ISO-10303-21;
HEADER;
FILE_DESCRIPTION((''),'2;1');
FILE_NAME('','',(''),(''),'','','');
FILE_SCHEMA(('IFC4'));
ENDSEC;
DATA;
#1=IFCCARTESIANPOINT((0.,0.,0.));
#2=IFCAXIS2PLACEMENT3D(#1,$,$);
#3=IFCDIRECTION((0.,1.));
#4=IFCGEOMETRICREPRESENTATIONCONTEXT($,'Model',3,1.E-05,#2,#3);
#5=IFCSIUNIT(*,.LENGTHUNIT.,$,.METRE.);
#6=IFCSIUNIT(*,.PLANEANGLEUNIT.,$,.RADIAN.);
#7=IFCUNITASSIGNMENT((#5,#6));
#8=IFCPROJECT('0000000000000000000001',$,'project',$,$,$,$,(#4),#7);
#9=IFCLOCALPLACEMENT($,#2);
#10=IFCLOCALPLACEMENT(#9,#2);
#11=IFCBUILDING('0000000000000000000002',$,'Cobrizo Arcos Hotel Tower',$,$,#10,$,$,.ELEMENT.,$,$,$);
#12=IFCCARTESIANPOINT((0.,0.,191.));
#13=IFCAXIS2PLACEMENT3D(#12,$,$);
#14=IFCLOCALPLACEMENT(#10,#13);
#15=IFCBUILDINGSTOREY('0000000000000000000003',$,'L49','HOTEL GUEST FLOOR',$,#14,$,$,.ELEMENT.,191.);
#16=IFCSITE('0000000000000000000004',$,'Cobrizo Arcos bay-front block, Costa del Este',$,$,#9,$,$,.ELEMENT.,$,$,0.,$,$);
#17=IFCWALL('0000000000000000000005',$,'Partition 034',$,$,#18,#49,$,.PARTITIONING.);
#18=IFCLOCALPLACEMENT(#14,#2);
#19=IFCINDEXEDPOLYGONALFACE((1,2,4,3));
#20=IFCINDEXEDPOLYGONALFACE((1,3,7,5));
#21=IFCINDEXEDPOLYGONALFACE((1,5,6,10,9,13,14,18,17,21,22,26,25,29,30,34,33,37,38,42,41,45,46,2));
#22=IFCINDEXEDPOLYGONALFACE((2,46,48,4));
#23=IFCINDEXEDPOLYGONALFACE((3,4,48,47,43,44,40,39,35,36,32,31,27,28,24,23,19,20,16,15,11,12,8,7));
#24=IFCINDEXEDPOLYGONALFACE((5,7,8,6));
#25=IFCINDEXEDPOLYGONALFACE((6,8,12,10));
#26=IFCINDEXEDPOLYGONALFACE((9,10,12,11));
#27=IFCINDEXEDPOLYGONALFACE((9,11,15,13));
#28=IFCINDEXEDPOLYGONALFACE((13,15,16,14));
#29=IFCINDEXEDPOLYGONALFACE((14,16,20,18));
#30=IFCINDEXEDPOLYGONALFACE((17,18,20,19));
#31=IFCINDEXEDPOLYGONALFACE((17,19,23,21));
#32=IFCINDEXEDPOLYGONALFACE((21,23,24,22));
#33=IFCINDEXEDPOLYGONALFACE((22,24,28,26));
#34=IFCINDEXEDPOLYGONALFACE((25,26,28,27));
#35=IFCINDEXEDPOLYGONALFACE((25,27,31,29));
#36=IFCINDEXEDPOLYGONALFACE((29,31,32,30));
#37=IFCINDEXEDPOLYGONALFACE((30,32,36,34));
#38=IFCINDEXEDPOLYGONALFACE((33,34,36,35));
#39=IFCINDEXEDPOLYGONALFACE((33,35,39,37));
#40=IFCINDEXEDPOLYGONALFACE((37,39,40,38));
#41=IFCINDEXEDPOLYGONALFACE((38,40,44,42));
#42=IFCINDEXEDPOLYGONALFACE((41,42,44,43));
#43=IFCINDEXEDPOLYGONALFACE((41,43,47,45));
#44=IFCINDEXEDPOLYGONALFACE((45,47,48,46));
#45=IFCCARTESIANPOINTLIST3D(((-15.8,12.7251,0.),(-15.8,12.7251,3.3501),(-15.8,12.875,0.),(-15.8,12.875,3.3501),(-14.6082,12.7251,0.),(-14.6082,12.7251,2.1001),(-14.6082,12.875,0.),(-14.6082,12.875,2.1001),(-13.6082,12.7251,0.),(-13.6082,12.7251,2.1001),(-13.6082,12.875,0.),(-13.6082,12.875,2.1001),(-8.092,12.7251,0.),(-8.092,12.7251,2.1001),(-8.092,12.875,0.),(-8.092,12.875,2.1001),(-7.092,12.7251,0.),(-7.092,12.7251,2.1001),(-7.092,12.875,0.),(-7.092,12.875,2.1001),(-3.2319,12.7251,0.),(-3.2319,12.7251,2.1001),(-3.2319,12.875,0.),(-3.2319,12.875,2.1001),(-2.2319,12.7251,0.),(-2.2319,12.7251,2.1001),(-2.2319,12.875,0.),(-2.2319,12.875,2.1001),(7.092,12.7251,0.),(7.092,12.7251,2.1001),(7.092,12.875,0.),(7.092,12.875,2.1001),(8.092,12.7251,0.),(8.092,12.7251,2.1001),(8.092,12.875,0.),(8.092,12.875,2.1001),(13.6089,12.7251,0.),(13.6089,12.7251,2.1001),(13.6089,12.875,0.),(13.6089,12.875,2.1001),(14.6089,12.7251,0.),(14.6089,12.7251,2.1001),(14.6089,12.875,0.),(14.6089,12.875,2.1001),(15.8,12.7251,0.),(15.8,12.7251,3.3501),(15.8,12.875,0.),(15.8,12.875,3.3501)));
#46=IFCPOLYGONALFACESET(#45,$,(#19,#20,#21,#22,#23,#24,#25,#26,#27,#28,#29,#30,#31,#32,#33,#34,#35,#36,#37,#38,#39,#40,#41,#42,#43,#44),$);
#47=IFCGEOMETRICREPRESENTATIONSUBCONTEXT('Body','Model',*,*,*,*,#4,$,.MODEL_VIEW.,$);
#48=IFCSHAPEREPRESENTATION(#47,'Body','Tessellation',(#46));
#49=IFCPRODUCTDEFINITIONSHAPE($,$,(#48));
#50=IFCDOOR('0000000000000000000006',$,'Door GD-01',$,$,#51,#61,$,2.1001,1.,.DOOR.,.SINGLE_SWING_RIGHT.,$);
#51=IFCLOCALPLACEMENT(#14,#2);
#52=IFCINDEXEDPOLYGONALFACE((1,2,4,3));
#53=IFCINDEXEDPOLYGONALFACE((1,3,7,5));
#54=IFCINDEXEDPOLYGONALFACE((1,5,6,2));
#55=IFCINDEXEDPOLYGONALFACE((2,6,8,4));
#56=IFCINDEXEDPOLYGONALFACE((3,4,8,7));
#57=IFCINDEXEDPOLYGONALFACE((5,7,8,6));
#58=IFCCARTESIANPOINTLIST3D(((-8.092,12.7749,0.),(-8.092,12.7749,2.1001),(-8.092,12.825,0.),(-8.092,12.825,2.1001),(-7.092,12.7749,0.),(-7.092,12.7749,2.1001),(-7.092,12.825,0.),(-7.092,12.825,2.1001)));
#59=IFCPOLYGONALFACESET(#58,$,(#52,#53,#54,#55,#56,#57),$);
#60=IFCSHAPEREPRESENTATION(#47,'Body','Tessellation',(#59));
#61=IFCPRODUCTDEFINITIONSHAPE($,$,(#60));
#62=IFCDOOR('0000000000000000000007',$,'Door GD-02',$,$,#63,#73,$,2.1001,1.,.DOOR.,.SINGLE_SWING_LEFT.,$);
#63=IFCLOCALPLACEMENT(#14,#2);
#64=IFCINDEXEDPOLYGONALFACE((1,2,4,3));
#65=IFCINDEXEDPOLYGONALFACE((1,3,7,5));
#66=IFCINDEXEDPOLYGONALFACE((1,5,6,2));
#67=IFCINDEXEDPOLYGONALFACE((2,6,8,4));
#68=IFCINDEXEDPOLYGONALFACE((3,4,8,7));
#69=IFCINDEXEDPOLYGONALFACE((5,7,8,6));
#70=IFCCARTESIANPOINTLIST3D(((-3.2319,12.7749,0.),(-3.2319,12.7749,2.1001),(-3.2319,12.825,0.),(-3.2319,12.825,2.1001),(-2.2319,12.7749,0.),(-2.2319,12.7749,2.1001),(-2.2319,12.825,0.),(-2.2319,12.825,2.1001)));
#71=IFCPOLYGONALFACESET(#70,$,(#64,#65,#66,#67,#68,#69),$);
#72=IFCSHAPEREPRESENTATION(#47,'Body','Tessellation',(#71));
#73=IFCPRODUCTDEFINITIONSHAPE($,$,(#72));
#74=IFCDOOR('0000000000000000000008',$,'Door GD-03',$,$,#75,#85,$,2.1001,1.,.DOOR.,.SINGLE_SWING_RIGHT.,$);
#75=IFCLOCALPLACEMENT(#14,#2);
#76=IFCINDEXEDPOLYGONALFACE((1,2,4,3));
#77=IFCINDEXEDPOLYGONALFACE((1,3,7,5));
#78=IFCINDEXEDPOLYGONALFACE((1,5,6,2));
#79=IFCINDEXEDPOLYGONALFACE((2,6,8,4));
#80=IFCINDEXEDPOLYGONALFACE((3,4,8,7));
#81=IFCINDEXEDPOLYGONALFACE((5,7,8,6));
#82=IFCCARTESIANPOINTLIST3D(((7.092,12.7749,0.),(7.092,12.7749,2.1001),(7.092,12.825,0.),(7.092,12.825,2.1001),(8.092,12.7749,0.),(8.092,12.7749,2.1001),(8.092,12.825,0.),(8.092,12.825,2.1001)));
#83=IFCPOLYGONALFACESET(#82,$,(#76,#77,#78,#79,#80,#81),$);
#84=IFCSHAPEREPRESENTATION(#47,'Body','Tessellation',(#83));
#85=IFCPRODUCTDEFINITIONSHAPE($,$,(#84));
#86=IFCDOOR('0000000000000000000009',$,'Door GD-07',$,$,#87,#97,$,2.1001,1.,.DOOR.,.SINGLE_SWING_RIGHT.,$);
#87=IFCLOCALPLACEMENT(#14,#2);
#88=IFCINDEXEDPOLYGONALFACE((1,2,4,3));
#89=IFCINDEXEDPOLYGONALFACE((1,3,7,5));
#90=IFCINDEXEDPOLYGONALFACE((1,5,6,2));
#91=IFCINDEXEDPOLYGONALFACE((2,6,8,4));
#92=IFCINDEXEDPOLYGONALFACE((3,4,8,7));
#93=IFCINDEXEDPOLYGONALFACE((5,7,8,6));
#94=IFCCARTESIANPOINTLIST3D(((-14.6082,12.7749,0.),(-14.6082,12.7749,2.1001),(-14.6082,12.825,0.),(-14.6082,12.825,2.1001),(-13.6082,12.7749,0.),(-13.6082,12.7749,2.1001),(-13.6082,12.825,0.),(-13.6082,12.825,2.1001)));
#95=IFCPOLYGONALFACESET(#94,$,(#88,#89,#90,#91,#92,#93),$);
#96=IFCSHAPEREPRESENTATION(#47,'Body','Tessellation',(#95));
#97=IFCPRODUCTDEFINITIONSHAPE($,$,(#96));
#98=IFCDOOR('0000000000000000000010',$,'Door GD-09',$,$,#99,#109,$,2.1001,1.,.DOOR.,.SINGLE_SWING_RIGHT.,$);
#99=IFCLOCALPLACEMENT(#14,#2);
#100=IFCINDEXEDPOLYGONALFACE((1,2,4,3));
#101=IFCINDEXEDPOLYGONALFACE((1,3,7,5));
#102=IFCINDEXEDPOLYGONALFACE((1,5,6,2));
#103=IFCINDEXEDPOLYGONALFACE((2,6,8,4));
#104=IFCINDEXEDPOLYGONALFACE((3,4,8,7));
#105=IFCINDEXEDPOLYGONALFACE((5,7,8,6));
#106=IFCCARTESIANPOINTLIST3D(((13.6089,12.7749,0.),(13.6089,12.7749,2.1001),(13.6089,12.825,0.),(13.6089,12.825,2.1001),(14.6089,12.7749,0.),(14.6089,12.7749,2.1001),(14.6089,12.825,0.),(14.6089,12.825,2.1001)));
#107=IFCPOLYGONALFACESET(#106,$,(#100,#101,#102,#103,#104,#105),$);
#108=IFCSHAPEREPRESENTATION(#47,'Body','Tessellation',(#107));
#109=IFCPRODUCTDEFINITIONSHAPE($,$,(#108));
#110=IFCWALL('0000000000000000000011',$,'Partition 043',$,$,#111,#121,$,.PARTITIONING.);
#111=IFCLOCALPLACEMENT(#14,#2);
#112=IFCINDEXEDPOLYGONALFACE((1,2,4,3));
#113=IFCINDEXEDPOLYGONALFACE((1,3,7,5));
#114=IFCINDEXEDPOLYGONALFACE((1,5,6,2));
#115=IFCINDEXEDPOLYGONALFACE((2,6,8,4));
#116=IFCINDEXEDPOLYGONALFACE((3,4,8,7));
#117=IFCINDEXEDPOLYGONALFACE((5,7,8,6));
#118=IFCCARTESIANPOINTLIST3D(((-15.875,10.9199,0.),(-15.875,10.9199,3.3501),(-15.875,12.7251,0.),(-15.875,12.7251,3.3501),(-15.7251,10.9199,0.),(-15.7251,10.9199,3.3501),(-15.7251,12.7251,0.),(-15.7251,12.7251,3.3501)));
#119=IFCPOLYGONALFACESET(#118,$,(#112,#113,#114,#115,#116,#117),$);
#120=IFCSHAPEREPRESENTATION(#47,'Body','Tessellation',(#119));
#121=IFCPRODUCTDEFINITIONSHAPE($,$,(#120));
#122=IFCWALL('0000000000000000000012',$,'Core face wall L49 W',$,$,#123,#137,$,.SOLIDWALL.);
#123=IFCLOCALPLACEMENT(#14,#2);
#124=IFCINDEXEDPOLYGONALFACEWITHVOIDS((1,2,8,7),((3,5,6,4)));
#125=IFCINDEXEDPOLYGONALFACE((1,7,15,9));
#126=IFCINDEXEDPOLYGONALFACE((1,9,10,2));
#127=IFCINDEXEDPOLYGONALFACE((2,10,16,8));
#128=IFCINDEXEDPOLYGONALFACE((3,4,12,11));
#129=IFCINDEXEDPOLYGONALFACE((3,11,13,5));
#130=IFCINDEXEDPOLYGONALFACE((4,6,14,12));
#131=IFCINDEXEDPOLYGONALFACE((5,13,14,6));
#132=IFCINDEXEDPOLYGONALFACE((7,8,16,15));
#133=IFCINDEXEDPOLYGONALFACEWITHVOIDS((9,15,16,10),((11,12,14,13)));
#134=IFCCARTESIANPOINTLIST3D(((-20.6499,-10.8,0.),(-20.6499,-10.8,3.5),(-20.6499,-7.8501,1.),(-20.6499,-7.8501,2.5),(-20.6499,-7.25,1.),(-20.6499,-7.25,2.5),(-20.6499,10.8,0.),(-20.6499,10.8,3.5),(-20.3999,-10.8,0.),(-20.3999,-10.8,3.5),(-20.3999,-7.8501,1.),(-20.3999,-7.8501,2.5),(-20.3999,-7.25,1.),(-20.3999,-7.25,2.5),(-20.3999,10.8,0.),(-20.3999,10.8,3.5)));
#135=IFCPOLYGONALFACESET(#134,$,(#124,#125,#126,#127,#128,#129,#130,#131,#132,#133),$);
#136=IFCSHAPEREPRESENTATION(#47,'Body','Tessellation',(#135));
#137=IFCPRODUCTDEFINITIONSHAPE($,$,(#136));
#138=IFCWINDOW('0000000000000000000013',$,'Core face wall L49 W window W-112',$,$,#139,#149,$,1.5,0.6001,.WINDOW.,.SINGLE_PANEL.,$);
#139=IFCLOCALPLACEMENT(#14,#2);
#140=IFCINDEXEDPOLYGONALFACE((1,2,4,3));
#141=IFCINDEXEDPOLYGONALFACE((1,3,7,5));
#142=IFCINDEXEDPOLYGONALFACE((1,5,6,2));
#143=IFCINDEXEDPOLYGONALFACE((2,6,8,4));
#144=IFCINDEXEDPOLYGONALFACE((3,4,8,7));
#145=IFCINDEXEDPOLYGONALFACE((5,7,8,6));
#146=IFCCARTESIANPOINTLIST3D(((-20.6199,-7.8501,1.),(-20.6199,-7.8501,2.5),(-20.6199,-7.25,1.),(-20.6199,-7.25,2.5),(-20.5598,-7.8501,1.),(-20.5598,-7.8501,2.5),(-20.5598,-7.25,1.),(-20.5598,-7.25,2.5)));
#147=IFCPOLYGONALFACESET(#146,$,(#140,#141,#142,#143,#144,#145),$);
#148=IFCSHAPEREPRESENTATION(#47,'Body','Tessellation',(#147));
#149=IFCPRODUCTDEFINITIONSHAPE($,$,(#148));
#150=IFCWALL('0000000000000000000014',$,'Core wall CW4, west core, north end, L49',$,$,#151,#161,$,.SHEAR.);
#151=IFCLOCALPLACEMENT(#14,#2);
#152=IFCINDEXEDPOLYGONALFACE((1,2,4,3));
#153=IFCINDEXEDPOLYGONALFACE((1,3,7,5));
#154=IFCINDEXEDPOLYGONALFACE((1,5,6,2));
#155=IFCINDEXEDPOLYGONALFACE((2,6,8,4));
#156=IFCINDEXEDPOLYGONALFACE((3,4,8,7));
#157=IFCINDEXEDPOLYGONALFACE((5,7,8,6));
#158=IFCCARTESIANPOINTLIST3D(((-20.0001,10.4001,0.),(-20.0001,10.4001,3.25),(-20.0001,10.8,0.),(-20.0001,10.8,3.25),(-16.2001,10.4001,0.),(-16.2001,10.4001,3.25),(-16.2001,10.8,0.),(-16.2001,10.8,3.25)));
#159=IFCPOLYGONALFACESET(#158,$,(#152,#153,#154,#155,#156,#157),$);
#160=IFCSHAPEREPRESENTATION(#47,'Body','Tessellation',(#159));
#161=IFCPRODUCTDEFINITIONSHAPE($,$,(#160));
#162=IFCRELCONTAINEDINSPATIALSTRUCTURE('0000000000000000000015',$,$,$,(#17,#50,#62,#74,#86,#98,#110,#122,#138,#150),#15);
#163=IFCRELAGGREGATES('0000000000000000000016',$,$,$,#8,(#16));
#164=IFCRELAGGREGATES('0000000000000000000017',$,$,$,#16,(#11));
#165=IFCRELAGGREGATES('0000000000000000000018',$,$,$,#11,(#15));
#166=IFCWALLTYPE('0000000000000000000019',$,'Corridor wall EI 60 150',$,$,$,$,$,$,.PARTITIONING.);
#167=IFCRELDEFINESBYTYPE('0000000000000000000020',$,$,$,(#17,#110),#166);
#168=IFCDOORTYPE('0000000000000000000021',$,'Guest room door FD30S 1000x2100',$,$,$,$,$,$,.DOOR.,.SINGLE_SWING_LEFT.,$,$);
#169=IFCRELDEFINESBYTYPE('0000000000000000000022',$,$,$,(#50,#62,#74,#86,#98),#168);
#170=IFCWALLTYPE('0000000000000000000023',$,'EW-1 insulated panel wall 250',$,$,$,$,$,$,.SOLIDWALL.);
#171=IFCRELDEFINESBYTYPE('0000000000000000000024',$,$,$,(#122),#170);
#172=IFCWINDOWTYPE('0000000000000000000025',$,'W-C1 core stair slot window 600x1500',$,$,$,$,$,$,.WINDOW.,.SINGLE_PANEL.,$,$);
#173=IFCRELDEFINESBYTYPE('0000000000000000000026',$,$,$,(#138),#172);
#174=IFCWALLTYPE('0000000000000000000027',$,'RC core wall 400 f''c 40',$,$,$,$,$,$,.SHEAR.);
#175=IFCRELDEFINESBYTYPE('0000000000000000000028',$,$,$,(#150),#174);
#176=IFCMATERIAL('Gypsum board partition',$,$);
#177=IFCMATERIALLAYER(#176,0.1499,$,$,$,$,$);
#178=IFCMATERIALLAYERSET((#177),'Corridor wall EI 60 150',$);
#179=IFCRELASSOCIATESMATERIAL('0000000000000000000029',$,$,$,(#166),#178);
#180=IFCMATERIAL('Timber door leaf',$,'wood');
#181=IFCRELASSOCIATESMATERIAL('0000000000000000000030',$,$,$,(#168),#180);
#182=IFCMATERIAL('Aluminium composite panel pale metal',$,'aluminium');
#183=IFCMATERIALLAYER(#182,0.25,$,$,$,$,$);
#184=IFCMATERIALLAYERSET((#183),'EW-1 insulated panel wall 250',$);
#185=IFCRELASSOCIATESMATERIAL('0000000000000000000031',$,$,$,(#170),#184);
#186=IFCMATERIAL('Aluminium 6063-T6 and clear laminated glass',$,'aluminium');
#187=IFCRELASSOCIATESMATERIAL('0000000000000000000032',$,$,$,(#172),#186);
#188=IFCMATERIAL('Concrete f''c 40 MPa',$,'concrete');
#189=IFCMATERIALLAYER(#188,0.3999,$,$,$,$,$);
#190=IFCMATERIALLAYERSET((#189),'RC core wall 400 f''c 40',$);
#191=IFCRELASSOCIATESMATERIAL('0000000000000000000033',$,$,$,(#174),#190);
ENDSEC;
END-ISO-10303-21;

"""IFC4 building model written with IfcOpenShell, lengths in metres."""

from ifc_helpers import new_model, si_unit, direction, frame, frame_2d, origin, place, context, subcontext, project, spatial, rectangle, extrude, material, layer, layer_set, type_object, element, fill, save


model = new_model("IFC4")

# Units and contexts
model_context = context("Model", 3, precision=1e-05, world=origin(), true_north=direction((0.0, 1.0)))
body_context = subcontext(model_context, "Body", "Model", "MODEL_VIEW")
ifc_project = project(units=[si_unit("LENGTHUNIT", "METRE"), si_unit("PLANEANGLEUNIT", "RADIAN")], contexts=[model_context])

# Site, building, storey
site_placement = place(None, origin())
site = spatial("IfcSite", under=ifc_project, at=site_placement, Name="Cobrizo Arcos bay-front block, Costa del Este", CompositionType="ELEMENT", RefElevation=0.0)
building_placement = place(site_placement, origin())
building = spatial("IfcBuilding", under=site, at=building_placement, Name="Cobrizo Arcos Hotel Tower", CompositionType="ELEMENT")
storey_placement = place(building_placement, frame((0.0, 0.0, 191.0)))
storey = spatial("IfcBuildingStorey", under=building, at=storey_placement, Name="L49", Description="HOTEL GUEST FLOOR", CompositionType="ELEMENT", Elevation=191.0)

# Shared definitions
ifc_material_1 = material(Name="Aluminium composite panel pale metal", Category="aluminium")

# Wall, openings, doors
ifc_material_2 = material(Name="Gypsum board partition")
ifc_layer_1 = layer(ifc_material_2, 0.1499)
ifc_layer_set_1 = layer_set([ifc_layer_1], Name="Corridor wall EI 60 150")
wall_type_1 = type_object("IfcWallType", Name="Corridor wall EI 60 150", PredefinedType="PARTITIONING", material=ifc_layer_set_1)
wall_1_placement = place(storey_placement, frame((-15.8, 12.8, 0.0), z_axis=(0.0, 0.0, 1.0), x_axis=(1.0, 0.0, 0.0)))
wall_1 = element("IfcWall", 1, at=wall_1_placement, inside=storey, type_object=wall_type_1, Name="Partition 034", PredefinedType="PARTITIONING", context=body_context, shape_type="SweptSolid", body=[
    extrude(rectangle(XDim=31.6001, YDim=0.1499, at=frame_2d((15.8, 0.0))), origin(), (0.0, 0.0, 1.0), 3.3501),
])
opening_1_placement = place(wall_1_placement, frame((7.708, 0.0, 0.0)))
opening_1 = element("IfcOpeningElement", 2, at=opening_1_placement, cuts=wall_1, PredefinedType="OPENING", context=body_context, shape_type="SweptSolid", body=[
    extrude(rectangle(XDim=1.0, YDim=2.1001, at=frame_2d((0.5, 1.05))), frame((0.0, 0.0869, 0.0), z_axis=(0.0, -1.0, 0.0), x_axis=(1.0, 0.0, 0.0)), (0.0, 0.0, 1.0), 0.1738),
])
opening_2_placement = place(wall_1_placement, frame((12.5681, 0.0, 0.0)))
opening_2 = element("IfcOpeningElement", 3, at=opening_2_placement, cuts=wall_1, PredefinedType="OPENING", context=body_context, shape_type="SweptSolid", body=[
    extrude(rectangle(XDim=1.0, YDim=2.1001, at=frame_2d((0.5, 1.05))), frame((0.0, 0.0869, 0.0), z_axis=(0.0, -1.0, 0.0), x_axis=(1.0, 0.0, 0.0)), (0.0, 0.0, 1.0), 0.1738),
])
opening_3_placement = place(wall_1_placement, frame((22.8921, 0.0, 0.0)))
opening_3 = element("IfcOpeningElement", 4, at=opening_3_placement, cuts=wall_1, PredefinedType="OPENING", context=body_context, shape_type="SweptSolid", body=[
    extrude(rectangle(XDim=1.0, YDim=2.1001, at=frame_2d((0.5, 1.05))), frame((0.0, 0.0869, 0.0), z_axis=(0.0, -1.0, 0.0), x_axis=(1.0, 0.0, 0.0)), (0.0, 0.0, 1.0), 0.1738),
])
opening_4_placement = place(wall_1_placement, frame((1.1919, 0.0, 0.0)))
opening_4 = element("IfcOpeningElement", 5, at=opening_4_placement, cuts=wall_1, PredefinedType="OPENING", context=body_context, shape_type="SweptSolid", body=[
    extrude(rectangle(XDim=1.0, YDim=2.1001, at=frame_2d((0.5, 1.05))), frame((0.0, 0.0869, 0.0), z_axis=(0.0, -1.0, 0.0), x_axis=(1.0, 0.0, 0.0)), (0.0, 0.0, 1.0), 0.1738),
])
opening_5_placement = place(wall_1_placement, frame((29.4089, 0.0, 0.0)))
opening_5 = element("IfcOpeningElement", 6, at=opening_5_placement, cuts=wall_1, PredefinedType="OPENING", context=body_context, shape_type="SweptSolid", body=[
    extrude(rectangle(XDim=1.0, YDim=2.1001, at=frame_2d((0.5, 1.05))), frame((0.0, 0.0869, 0.0), z_axis=(0.0, -1.0, 0.0), x_axis=(1.0, 0.0, 0.0)), (0.0, 0.0, 1.0), 0.1738),
])
ifc_material_3 = material(Name="Timber door leaf", Category="wood")
door_type = type_object("IfcDoorType", Name="Guest room door FD30S 1000x2100", OperationType="SINGLE_SWING_LEFT", PredefinedType="DOOR", material=ifc_material_3)
door_1_placement = place(opening_1_placement, origin())
door_1 = element("IfcDoor", 7, at=door_1_placement, inside=storey, type_object=door_type, Name="Door GD-01", OperationType="SINGLE_SWING_RIGHT", OverallHeight=2.1001, OverallWidth=1.0, PredefinedType="DOOR", context=body_context, shape_type="SweptSolid", body=[
    extrude(rectangle(XDim=1.0, YDim=2.1001, at=frame_2d((0.5, 1.05))), frame((0.0, 0.0249, 0.0), z_axis=(0.0, -1.0, 0.0), x_axis=(1.0, 0.0, 0.0)), (0.0, 0.0, 1.0), 0.05),
])
fill(opening_1, door_1)
door_2_placement = place(opening_2_placement, origin())
door_2 = element("IfcDoor", 8, at=door_2_placement, inside=storey, type_object=door_type, Name="Door GD-02", OperationType="SINGLE_SWING_LEFT", OverallHeight=2.1001, OverallWidth=1.0, PredefinedType="DOOR", context=body_context, shape_type="SweptSolid", body=[
    extrude(rectangle(XDim=1.0, YDim=2.1001, at=frame_2d((0.5, 1.05))), frame((0.0, 0.0249, 0.0), z_axis=(0.0, -1.0, 0.0), x_axis=(1.0, 0.0, 0.0)), (0.0, 0.0, 1.0), 0.05),
])
fill(opening_2, door_2)
door_3_placement = place(opening_3_placement, origin())
door_3 = element("IfcDoor", 9, at=door_3_placement, inside=storey, type_object=door_type, Name="Door GD-03", OperationType="SINGLE_SWING_RIGHT", OverallHeight=2.1001, OverallWidth=1.0, PredefinedType="DOOR", context=body_context, shape_type="SweptSolid", body=[
    extrude(rectangle(XDim=1.0, YDim=2.1001, at=frame_2d((0.5, 1.05))), frame((0.0, 0.0249, 0.0), z_axis=(0.0, -1.0, 0.0), x_axis=(1.0, 0.0, 0.0)), (0.0, 0.0, 1.0), 0.05),
])
fill(opening_3, door_3)
door_4_placement = place(opening_4_placement, origin())
door_4 = element("IfcDoor", 10, at=door_4_placement, inside=storey, type_object=door_type, Name="Door GD-07", OperationType="SINGLE_SWING_RIGHT", OverallHeight=2.1001, OverallWidth=1.0, PredefinedType="DOOR", context=body_context, shape_type="SweptSolid", body=[
    extrude(rectangle(XDim=1.0, YDim=2.1001, at=frame_2d((0.5, 1.05))), frame((0.0, 0.0249, 0.0), z_axis=(0.0, -1.0, 0.0), x_axis=(1.0, 0.0, 0.0)), (0.0, 0.0, 1.0), 0.05),
])
fill(opening_4, door_4)
door_5_placement = place(opening_5_placement, origin())
door_5 = element("IfcDoor", 11, at=door_5_placement, inside=storey, type_object=door_type, Name="Door GD-09", OperationType="SINGLE_SWING_RIGHT", OverallHeight=2.1001, OverallWidth=1.0, PredefinedType="DOOR", context=body_context, shape_type="SweptSolid", body=[
    extrude(rectangle(XDim=1.0, YDim=2.1001, at=frame_2d((0.5, 1.05))), frame((0.0, 0.0249, 0.0), z_axis=(0.0, -1.0, 0.0), x_axis=(1.0, 0.0, 0.0)), (0.0, 0.0, 1.0), 0.05),
])
fill(opening_5, door_5)

# Wall
wall_2_placement = place(storey_placement, frame((-15.8, 10.9199, 0.0), z_axis=(0.0, 0.0, 1.0), x_axis=(0.0, 1.0, 0.0)))
element("IfcWall", 12, at=wall_2_placement, inside=storey, type_object=wall_type_1, Name="Partition 043", PredefinedType="PARTITIONING", context=body_context, shape_type="SweptSolid", body=[
    extrude(rectangle(XDim=1.8052, YDim=0.1499, at=frame_2d((0.9026, 0.0))), origin(), (0.0, 0.0, 1.0), 3.3501),
])

# Wall, opening, window
ifc_layer_2 = layer(ifc_material_1, 0.25)
ifc_layer_set_2 = layer_set([ifc_layer_2], Name="EW-1 insulated panel wall 250")
wall_type_2 = type_object("IfcWallType", Name="EW-1 insulated panel wall 250", PredefinedType="SOLIDWALL", material=ifc_layer_set_2)
wall_3_placement = place(storey_placement, frame((-20.5249, 10.8, 0.0), z_axis=(0.0, 0.0, 1.0), x_axis=(0.0, -1.0, 0.0)))
wall_3 = element("IfcWall", 13, at=wall_3_placement, inside=storey, type_object=wall_type_2, Name="Core face wall L49 W", PredefinedType="SOLIDWALL", context=body_context, shape_type="SweptSolid", body=[
    extrude(rectangle(XDim=21.6001, YDim=0.25, at=frame_2d((10.8, 0.0))), origin(), (0.0, 0.0, 1.0), 3.5),
])
opening_6_placement = place(wall_3_placement, frame((18.05, 0.0, 1.0)))
opening_6 = element("IfcOpeningElement", 14, at=opening_6_placement, cuts=wall_3, PredefinedType="OPENING", context=body_context, shape_type="SweptSolid", body=[
    extrude(rectangle(XDim=0.6001, YDim=1.5, at=frame_2d((0.3, 0.75))), frame((0.0, 0.137, 0.0), z_axis=(0.0, -1.0, 0.0), x_axis=(1.0, 0.0, 0.0)), (0.0, 0.0, 1.0), 0.2739),
])
ifc_material_4 = material(Name="Aluminium 6063-T6 and clear laminated glass", Category="aluminium")
window_type = type_object("IfcWindowType", Name="W-C1 core stair slot window 600x1500", PartitioningType="SINGLE_PANEL", PredefinedType="WINDOW", material=ifc_material_4)
window_placement = place(opening_6_placement, origin())
window = element("IfcWindow", 15, at=window_placement, inside=storey, type_object=window_type, Name="Core face wall L49 W window W-112", OverallHeight=1.5, OverallWidth=0.6001, PartitioningType="SINGLE_PANEL", PredefinedType="WINDOW", context=body_context, shape_type="SweptSolid", body=[
    extrude(rectangle(XDim=0.6001, YDim=1.5, at=frame_2d((0.3, 0.75))), frame((0.0, -0.0349, 0.0), z_axis=(0.0, -1.0, 0.0), x_axis=(1.0, 0.0, 0.0)), (0.0, 0.0, 1.0), 0.0601),
])
fill(opening_6, window)

# Wall
ifc_material_5 = material(Name="Concrete f'c 40 MPa", Category="concrete")
ifc_layer_3 = layer(ifc_material_5, 0.3999)
ifc_layer_set_3 = layer_set([ifc_layer_3], Name="RC core wall 400 f'c 40")
wall_type_3 = type_object("IfcWallType", Name="RC core wall 400 f'c 40", PredefinedType="SHEAR", material=ifc_layer_set_3)
wall_4_placement = place(storey_placement, frame((-20.0, 10.6001, 0.0), z_axis=(0.0, 0.0, 1.0), x_axis=(1.0, 0.0, 0.0)))
element("IfcWall", 16, at=wall_4_placement, inside=storey, type_object=wall_type_3, Name="Core wall CW4, west core, north end, L49", PredefinedType="SHEAR", context=body_context, shape_type="SweptSolid", body=[
    extrude(rectangle(XDim=3.8, YDim=0.3999, at=frame_2d((1.8999, 0.0))), origin(), (0.0, 0.0, 1.0), 3.25),
])

save(model, "model.ifc")
